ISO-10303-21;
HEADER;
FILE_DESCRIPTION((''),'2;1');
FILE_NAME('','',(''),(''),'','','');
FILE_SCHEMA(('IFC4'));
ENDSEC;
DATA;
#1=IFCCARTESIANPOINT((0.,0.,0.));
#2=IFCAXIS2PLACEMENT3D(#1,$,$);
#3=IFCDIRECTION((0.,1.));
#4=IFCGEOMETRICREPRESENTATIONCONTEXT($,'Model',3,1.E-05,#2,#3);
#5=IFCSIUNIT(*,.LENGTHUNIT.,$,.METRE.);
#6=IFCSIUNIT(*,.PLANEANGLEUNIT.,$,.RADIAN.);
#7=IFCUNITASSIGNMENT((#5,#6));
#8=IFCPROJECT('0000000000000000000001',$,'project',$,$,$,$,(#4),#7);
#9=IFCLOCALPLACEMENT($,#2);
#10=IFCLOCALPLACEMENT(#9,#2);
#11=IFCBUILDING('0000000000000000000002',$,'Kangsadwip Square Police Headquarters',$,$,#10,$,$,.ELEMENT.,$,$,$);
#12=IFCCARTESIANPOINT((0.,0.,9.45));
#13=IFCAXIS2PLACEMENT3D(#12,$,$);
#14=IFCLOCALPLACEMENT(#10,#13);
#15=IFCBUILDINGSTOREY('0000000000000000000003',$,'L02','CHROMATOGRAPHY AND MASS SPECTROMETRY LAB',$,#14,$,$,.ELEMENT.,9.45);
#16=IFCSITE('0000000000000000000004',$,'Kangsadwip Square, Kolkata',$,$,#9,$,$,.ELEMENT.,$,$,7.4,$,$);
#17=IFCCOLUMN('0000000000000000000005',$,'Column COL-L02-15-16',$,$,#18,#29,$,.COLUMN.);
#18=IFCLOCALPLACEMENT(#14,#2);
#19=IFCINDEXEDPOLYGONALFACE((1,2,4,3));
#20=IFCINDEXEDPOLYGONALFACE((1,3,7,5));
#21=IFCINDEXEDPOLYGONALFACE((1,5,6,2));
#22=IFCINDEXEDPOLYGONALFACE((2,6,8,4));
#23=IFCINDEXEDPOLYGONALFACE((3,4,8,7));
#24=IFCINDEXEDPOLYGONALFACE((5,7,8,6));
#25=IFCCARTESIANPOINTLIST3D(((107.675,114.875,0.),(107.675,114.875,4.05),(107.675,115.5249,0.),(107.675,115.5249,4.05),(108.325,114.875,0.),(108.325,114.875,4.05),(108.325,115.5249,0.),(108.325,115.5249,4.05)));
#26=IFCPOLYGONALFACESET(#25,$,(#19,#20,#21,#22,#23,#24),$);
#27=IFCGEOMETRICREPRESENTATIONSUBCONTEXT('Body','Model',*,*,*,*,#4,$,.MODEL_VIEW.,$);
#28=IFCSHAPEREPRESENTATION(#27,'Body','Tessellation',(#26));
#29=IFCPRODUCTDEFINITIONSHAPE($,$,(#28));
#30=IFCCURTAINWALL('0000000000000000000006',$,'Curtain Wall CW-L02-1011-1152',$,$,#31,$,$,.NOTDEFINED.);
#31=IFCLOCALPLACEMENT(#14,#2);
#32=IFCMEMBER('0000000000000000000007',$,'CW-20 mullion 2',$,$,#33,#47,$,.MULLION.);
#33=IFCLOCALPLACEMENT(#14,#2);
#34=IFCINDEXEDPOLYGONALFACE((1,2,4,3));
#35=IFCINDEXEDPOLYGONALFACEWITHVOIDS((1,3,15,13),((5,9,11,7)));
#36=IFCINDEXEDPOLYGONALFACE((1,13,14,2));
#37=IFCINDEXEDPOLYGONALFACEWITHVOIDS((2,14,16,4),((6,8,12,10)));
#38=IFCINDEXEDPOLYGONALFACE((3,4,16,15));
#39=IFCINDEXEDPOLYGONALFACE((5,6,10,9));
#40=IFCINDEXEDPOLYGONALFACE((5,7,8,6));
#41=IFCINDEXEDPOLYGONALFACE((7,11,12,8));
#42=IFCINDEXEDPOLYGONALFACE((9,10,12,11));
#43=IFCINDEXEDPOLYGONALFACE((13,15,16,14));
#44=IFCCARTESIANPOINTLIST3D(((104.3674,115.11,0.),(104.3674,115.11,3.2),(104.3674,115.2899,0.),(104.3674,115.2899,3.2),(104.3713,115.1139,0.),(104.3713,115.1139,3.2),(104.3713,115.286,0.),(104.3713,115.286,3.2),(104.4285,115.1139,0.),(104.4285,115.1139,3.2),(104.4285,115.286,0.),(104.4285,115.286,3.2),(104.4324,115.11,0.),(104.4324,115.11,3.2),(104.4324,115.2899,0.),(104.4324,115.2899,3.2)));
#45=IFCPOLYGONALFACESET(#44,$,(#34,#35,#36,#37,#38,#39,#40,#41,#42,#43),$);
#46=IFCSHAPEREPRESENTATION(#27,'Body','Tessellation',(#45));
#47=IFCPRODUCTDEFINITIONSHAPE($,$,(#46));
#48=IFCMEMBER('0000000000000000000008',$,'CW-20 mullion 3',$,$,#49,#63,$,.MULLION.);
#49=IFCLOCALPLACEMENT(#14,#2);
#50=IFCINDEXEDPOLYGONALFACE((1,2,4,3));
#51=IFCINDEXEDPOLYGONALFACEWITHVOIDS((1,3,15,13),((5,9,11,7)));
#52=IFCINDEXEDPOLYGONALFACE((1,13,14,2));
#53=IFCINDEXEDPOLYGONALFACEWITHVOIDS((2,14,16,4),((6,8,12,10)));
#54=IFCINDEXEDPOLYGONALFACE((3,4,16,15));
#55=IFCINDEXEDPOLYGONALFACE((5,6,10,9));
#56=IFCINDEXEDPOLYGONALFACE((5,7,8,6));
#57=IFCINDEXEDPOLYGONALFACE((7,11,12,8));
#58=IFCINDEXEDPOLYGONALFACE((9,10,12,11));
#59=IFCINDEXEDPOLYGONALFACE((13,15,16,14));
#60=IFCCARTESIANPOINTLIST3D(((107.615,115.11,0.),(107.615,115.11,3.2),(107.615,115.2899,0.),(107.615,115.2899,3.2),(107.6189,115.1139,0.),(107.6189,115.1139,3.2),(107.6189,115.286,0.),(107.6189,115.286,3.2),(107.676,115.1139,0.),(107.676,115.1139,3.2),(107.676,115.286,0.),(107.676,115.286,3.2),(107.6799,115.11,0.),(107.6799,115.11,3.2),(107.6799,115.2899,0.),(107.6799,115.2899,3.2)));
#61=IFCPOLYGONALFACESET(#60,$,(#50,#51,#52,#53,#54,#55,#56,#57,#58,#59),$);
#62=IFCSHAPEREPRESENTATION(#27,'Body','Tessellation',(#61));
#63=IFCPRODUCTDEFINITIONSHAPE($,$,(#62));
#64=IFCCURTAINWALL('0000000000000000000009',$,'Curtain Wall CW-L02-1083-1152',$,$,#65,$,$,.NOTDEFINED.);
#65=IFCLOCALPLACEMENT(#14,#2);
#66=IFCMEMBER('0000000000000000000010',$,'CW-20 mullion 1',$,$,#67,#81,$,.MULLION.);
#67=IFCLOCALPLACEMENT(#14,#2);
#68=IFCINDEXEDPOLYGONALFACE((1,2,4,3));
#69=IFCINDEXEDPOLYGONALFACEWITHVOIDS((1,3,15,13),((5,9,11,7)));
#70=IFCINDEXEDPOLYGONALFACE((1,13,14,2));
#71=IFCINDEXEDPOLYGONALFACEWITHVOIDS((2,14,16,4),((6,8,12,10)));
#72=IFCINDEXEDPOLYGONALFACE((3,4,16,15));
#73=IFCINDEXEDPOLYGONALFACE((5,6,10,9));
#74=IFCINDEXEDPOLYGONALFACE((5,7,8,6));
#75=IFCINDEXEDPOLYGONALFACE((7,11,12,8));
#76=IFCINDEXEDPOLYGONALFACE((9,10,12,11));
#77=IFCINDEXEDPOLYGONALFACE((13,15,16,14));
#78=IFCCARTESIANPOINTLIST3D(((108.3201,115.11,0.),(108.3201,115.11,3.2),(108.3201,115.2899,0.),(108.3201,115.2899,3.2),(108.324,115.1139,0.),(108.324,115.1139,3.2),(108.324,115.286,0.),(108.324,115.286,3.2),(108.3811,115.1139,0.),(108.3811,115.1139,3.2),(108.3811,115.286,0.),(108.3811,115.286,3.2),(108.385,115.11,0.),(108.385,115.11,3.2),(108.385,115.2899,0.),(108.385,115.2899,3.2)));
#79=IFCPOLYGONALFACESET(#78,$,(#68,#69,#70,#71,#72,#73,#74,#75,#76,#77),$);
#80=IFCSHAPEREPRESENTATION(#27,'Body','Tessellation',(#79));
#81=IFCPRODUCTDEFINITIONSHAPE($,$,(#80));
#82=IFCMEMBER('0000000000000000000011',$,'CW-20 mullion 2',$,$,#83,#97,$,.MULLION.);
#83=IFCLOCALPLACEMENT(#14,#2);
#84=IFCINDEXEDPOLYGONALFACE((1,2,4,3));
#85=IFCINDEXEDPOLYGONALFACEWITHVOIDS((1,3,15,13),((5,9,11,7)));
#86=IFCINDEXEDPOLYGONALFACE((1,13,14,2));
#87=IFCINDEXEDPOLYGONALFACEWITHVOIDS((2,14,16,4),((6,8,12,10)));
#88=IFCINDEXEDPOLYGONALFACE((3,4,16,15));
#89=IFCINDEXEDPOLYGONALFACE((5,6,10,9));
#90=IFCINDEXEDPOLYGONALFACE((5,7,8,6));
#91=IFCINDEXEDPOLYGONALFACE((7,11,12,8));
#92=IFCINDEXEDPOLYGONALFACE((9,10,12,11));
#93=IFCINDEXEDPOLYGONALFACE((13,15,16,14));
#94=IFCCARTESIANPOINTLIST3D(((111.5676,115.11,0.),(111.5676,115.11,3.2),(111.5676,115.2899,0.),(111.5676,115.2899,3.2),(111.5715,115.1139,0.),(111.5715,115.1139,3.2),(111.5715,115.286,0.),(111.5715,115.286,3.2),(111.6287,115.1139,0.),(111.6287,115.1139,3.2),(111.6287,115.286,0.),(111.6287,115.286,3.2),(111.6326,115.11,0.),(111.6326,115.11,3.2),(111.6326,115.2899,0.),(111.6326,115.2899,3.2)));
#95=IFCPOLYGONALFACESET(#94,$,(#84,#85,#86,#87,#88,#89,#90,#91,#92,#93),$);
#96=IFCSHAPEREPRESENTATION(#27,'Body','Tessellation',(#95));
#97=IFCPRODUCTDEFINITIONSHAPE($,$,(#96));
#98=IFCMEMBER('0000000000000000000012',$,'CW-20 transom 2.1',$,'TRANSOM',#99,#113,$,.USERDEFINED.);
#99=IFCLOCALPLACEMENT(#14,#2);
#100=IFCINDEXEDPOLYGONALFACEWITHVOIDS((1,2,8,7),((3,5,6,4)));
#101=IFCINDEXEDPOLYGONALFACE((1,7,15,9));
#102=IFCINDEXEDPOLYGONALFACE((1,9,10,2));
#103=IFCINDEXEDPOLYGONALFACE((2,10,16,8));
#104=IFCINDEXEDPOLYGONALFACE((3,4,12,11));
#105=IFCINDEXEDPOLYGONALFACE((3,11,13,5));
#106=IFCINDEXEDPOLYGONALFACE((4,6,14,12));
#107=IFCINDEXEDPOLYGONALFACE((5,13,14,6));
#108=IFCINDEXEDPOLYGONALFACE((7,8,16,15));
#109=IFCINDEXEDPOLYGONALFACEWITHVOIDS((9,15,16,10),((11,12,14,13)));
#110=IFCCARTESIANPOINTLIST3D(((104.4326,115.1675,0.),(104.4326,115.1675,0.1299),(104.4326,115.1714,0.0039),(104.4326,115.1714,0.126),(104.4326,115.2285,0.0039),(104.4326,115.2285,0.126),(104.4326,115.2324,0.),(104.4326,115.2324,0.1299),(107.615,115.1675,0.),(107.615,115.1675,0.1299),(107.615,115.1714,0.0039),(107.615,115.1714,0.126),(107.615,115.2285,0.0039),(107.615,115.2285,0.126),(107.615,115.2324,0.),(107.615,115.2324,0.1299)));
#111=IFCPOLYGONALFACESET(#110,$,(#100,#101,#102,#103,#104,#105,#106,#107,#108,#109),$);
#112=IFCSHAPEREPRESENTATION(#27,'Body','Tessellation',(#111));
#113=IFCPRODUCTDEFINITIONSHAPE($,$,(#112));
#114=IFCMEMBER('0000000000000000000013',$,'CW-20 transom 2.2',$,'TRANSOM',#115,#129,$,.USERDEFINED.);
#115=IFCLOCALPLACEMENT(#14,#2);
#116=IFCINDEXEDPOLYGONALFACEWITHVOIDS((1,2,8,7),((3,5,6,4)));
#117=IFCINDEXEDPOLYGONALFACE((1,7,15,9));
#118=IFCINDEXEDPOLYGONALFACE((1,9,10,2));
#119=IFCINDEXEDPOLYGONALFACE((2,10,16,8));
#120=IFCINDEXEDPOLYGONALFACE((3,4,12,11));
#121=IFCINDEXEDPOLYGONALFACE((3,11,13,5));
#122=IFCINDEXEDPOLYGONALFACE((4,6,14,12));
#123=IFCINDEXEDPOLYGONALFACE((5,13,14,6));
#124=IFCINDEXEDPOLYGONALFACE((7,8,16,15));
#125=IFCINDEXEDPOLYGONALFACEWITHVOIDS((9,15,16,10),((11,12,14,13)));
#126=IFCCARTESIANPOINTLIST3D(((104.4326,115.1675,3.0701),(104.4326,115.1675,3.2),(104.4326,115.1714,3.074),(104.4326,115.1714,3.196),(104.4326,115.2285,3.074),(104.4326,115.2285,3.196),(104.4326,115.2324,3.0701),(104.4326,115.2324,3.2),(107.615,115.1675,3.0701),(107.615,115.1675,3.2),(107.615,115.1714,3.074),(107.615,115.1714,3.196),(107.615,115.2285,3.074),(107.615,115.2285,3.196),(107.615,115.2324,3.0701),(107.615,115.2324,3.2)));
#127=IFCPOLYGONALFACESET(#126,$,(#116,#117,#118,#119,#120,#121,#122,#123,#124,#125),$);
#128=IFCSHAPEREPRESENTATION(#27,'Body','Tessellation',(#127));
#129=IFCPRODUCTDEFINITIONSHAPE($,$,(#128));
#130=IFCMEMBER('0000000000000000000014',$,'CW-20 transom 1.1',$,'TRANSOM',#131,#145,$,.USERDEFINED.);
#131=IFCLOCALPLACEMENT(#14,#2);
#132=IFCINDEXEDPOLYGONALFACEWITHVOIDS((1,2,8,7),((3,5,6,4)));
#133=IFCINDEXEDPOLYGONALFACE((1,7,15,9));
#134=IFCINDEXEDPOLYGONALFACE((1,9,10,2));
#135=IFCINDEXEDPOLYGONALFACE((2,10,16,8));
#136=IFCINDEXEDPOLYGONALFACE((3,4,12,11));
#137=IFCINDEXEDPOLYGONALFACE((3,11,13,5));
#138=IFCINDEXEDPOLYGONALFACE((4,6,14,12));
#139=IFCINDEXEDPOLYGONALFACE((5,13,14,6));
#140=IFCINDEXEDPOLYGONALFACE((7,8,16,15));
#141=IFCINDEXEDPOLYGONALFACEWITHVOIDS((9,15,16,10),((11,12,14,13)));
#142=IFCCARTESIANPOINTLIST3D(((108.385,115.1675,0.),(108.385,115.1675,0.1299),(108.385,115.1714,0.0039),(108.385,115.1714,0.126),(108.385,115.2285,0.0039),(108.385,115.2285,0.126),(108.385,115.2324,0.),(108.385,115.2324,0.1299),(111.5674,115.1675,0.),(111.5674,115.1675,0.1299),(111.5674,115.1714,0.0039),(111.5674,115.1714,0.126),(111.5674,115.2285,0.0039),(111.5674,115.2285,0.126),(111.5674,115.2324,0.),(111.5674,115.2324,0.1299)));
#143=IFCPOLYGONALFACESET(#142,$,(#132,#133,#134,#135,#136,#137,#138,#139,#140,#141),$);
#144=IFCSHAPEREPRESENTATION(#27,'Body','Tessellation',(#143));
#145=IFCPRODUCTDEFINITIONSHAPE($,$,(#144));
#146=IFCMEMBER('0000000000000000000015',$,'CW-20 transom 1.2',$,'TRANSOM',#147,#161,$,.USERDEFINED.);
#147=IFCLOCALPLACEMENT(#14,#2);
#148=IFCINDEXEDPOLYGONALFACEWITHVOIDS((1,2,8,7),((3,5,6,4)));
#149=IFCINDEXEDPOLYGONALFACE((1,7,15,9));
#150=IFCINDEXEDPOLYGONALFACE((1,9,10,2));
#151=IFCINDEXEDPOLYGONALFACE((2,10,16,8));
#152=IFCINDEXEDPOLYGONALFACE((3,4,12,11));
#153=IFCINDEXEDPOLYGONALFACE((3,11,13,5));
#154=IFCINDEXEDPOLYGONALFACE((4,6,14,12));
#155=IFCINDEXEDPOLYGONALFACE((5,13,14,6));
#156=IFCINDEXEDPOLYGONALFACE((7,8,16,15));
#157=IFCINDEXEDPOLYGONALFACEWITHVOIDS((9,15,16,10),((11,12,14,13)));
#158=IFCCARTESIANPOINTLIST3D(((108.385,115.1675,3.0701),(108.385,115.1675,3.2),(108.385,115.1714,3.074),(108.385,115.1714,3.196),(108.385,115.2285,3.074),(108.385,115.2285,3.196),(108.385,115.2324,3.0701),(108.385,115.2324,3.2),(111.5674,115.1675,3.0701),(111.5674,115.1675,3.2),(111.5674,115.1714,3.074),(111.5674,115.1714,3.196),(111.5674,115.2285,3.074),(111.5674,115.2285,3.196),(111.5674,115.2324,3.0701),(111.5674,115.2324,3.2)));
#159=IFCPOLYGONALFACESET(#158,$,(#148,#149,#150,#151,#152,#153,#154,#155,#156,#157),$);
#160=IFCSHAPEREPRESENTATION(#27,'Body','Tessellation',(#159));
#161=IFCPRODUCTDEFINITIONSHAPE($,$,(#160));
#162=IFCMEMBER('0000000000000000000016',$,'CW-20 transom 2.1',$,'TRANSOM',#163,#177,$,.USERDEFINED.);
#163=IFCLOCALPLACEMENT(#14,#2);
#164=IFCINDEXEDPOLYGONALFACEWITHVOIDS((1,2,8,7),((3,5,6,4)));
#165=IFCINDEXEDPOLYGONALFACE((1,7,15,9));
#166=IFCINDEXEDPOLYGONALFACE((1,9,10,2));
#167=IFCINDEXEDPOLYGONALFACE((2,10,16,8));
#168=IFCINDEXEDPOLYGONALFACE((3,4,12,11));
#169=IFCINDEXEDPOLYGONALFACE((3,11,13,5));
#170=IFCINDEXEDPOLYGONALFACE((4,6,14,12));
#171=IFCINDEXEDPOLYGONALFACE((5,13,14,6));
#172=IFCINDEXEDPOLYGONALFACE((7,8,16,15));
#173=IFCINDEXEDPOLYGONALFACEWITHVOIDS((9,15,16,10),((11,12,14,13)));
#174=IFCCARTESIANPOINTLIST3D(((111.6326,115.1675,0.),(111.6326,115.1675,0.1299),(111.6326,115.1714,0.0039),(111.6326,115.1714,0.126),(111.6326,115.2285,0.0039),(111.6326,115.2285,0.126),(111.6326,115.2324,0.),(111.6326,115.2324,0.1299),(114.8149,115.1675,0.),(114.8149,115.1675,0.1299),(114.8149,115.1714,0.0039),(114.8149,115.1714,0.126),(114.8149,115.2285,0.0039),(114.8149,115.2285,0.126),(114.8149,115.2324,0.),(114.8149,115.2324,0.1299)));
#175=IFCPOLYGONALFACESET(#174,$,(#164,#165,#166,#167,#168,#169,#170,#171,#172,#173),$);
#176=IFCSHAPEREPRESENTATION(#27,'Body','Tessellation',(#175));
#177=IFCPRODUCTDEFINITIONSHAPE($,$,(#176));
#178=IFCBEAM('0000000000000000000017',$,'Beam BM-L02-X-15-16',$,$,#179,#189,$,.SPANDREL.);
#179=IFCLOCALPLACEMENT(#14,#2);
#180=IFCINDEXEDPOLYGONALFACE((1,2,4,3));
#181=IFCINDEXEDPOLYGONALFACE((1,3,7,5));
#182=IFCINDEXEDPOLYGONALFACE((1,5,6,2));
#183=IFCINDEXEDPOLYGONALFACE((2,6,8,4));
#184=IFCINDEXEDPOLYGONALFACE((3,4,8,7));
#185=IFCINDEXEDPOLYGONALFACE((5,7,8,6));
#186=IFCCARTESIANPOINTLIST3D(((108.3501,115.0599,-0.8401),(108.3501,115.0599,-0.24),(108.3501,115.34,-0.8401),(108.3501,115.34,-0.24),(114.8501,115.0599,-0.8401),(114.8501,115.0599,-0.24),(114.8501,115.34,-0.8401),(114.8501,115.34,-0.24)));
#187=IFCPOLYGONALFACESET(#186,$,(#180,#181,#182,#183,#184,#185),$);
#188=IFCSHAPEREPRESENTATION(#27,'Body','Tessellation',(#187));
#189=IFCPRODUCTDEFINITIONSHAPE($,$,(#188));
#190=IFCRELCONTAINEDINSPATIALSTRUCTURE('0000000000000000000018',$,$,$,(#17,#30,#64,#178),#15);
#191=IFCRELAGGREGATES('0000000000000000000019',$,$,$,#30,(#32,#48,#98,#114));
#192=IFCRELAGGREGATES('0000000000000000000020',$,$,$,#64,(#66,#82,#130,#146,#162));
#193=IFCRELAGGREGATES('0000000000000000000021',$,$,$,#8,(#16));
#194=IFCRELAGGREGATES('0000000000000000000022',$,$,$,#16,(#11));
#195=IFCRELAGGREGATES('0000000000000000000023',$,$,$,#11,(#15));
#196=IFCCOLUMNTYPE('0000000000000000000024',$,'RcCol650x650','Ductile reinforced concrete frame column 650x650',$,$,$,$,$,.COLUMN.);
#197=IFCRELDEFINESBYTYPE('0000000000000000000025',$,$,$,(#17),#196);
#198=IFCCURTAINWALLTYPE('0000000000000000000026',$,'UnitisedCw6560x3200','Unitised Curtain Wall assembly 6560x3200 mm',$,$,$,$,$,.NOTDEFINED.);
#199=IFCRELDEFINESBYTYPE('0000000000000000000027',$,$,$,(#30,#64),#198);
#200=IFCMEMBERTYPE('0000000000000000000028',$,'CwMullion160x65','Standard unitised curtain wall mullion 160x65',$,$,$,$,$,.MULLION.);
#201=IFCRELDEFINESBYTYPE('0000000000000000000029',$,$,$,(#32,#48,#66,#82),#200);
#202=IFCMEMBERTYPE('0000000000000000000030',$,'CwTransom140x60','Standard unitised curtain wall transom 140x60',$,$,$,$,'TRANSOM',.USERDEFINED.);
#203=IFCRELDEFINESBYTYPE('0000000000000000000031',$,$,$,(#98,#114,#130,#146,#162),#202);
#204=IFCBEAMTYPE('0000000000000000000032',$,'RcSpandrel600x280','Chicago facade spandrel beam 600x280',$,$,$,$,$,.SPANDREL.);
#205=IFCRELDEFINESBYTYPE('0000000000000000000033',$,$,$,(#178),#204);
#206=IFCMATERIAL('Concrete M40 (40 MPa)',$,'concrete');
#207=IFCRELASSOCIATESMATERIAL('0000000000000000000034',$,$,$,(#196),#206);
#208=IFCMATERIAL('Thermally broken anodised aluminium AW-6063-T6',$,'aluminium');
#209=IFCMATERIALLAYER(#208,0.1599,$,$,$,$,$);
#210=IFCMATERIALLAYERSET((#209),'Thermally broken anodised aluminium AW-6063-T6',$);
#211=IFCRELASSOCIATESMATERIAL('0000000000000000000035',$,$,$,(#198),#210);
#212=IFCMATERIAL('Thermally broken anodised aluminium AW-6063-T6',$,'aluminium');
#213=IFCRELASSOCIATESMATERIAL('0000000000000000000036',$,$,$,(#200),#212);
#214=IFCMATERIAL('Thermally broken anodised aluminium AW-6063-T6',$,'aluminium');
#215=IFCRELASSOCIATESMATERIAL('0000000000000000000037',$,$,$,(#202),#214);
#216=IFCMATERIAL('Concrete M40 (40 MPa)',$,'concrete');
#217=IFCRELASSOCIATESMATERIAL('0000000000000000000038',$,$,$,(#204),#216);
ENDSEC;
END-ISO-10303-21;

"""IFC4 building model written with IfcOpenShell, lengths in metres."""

from ifc_helpers import new_model, si_unit, direction, frame, origin, origin_2d, place, context, subcontext, project, spatial, rectangle, hollow_rectangle, extrude, material, layer, layer_set, material_profile, profile_set, type_object, element, aggregate, save


model = new_model("IFC4")

# Units and contexts
model_context = context("Model", 3, precision=1e-05, world=origin(), true_north=direction((0.0, 1.0)))
body_context = subcontext(model_context, "Body", "Model", "MODEL_VIEW")
ifc_project = project(units=[si_unit("LENGTHUNIT", "METRE"), si_unit("PLANEANGLEUNIT", "RADIAN")], contexts=[model_context])

# Site, building, storey
site_placement = place(None, origin())
site = spatial("IfcSite", under=ifc_project, at=site_placement, Name="Kangsadwip Square, Kolkata", CompositionType="ELEMENT", RefElevation=7.4)
building_placement = place(site_placement, origin())
building = spatial("IfcBuilding", under=site, at=building_placement, Name="Kangsadwip Square Police Headquarters", CompositionType="ELEMENT")
storey_placement = place(building_placement, frame((0.0, 0.0, 9.45)))
storey = spatial("IfcBuildingStorey", under=building, at=storey_placement, Name="L02", Description="CHROMATOGRAPHY AND MASS SPECTROMETRY LAB", CompositionType="ELEMENT", Elevation=9.45)

# Column
ifc_material_1 = material(Name="Concrete M40 (40 MPa)", Category="concrete")
ifc_material_profile_1 = material_profile(ifc_material_1, rectangle(XDim=0.6499, YDim=0.6499, at=origin_2d()), Name="RC COL 650X650")
ifc_profile_set_1 = profile_set([ifc_material_profile_1], Name="Concrete M40 (40 MPa)")
column_type = type_object("IfcColumnType", Name="RcCol650x650", Description="Ductile reinforced concrete frame column 650x650", PredefinedType="COLUMN", material=ifc_profile_set_1)
column_placement = place(storey_placement, frame((108.0, 115.2, 0.0), z_axis=(0.0, 0.0, 1.0), x_axis=(1.0, 0.0, 0.0)))
element("IfcColumn", 1, at=column_placement, inside=storey, type_object=column_type, Name="Column COL-L02-15-16", PredefinedType="COLUMN", context=body_context, shape_type="SweptSolid", body=[
    extrude(rectangle(XDim=0.6499, YDim=0.6499, at=origin_2d()), origin(), (0.0, 0.0, 1.0), 4.05),
])

# Curtain walls, members
ifc_material_2 = material(Name="Thermally broken anodised aluminium AW-6063-T6", Category="aluminium")
ifc_layer_1 = layer(ifc_material_2, 0.1599)
ifc_layer_set_1 = layer_set([ifc_layer_1], Name="Thermally broken anodised aluminium AW-6063-T6")
curtain_wall_type = type_object("IfcCurtainWallType", Name="UnitisedCw6560x3200", Description="Unitised Curtain Wall assembly 6560x3200 mm", PredefinedType="NOTDEFINED", material=ifc_layer_set_1)
curtain_wall_1_placement = place(storey_placement, origin())
curtain_wall_1 = element("IfcCurtainWall", 2, at=curtain_wall_1_placement, inside=storey, type_object=curtain_wall_type, Name="Curtain Wall CW-L02-1011-1152", PredefinedType="NOTDEFINED")
ifc_material_3 = material(Name="Thermally broken anodised aluminium AW-6063-T6", Category="aluminium")
ifc_material_profile_2 = material_profile(ifc_material_3, hollow_rectangle(XDim=0.0649, YDim=0.1799, WallThickness=0.0039, at=origin_2d()), Name="CWM 180X65X4")
ifc_profile_set_2 = profile_set([ifc_material_profile_2], Name="Thermally broken anodised aluminium AW-6063-T6")
member_type_1 = type_object("IfcMemberType", Name="CwMullion160x65", Description="Standard unitised curtain wall mullion 160x65", PredefinedType="MULLION", material=ifc_profile_set_2)
member_1_placement = place(storey_placement, frame((104.3999, 115.2, 0.0), z_axis=(0.0, 0.0, 1.0), x_axis=(1.0, 0.0, 0.0)))
member_1 = element("IfcMember", 3, at=member_1_placement, type_object=member_type_1, Name="CW-20 mullion 2", PredefinedType="MULLION", context=body_context, shape_type="SweptSolid", body=[
    extrude(hollow_rectangle(XDim=0.0649, YDim=0.1799, WallThickness=0.0039, at=origin_2d()), origin(), (0.0, 0.0, 1.0), 3.2),
])
member_2_placement = place(storey_placement, frame((107.6475, 115.2, 0.0), z_axis=(0.0, 0.0, 1.0), x_axis=(1.0, 0.0, 0.0)))
member_2 = element("IfcMember", 4, at=member_2_placement, type_object=member_type_1, Name="CW-20 mullion 3", PredefinedType="MULLION", context=body_context, shape_type="SweptSolid", body=[
    extrude(hollow_rectangle(XDim=0.0649, YDim=0.1799, WallThickness=0.0039, at=origin_2d()), origin(), (0.0, 0.0, 1.0), 3.2),
])
curtain_wall_2_placement = place(storey_placement, origin())
curtain_wall_2 = element("IfcCurtainWall", 5, at=curtain_wall_2_placement, inside=storey, type_object=curtain_wall_type, Name="Curtain Wall CW-L02-1083-1152", PredefinedType="NOTDEFINED")
member_3_placement = place(storey_placement, frame((108.3525, 115.2, 0.0), z_axis=(0.0, 0.0, 1.0), x_axis=(1.0, 0.0, 0.0)))
member_3 = element("IfcMember", 6, at=member_3_placement, type_object=member_type_1, Name="CW-20 mullion 1", PredefinedType="MULLION", context=body_context, shape_type="SweptSolid", body=[
    extrude(hollow_rectangle(XDim=0.0649, YDim=0.1799, WallThickness=0.0039, at=origin_2d()), origin(), (0.0, 0.0, 1.0), 3.2),
])
member_4_placement = place(storey_placement, frame((111.6001, 115.2, 0.0), z_axis=(0.0, 0.0, 1.0), x_axis=(1.0, 0.0, 0.0)))
member_4 = element("IfcMember", 7, at=member_4_placement, type_object=member_type_1, Name="CW-20 mullion 2", PredefinedType="MULLION", context=body_context, shape_type="SweptSolid", body=[
    extrude(hollow_rectangle(XDim=0.0649, YDim=0.1799, WallThickness=0.0039, at=origin_2d()), origin(), (0.0, 0.0, 1.0), 3.2),
])

# Members
ifc_material_4 = material(Name="Thermally broken anodised aluminium AW-6063-T6", Category="aluminium")
ifc_material_profile_3 = material_profile(ifc_material_4, hollow_rectangle(XDim=0.0649, YDim=0.1299, WallThickness=0.0039, at=origin_2d()), Name="CWT 130X65X4")
ifc_profile_set_3 = profile_set([ifc_material_profile_3], Name="Thermally broken anodised aluminium AW-6063-T6")
member_type_2 = type_object("IfcMemberType", Name="CwTransom140x60", Description="Standard unitised curtain wall transom 140x60", ElementType="TRANSOM", PredefinedType="USERDEFINED", material=ifc_profile_set_3)
member_5_placement = place(storey_placement, frame((104.4326, 115.2, 0.0649), z_axis=(1.0, 0.0, 0.0), x_axis=(0.0, 1.0, 0.0)))
member_5 = element("IfcMember", 8, at=member_5_placement, type_object=member_type_2, Name="CW-20 transom 2.1", ObjectType="TRANSOM", PredefinedType="USERDEFINED", context=body_context, shape_type="SweptSolid", body=[
    extrude(hollow_rectangle(XDim=0.0649, YDim=0.1299, WallThickness=0.0039, at=origin_2d()), origin(), (0.0, 0.0, 1.0), 3.1824),
])
member_6_placement = place(storey_placement, frame((104.4326, 115.2, 3.135), z_axis=(1.0, 0.0, 0.0), x_axis=(0.0, 1.0, 0.0)))
member_6 = element("IfcMember", 9, at=member_6_placement, type_object=member_type_2, Name="CW-20 transom 2.2", ObjectType="TRANSOM", PredefinedType="USERDEFINED", context=body_context, shape_type="SweptSolid", body=[
    extrude(hollow_rectangle(XDim=0.0649, YDim=0.1299, WallThickness=0.0039, at=origin_2d()), origin(), (0.0, 0.0, 1.0), 3.1824),
])
member_7_placement = place(storey_placement, frame((108.385, 115.2, 0.0649), z_axis=(1.0, 0.0, 0.0), x_axis=(0.0, 1.0, 0.0)))
member_7 = element("IfcMember", 10, at=member_7_placement, type_object=member_type_2, Name="CW-20 transom 1.1", ObjectType="TRANSOM", PredefinedType="USERDEFINED", context=body_context, shape_type="SweptSolid", body=[
    extrude(hollow_rectangle(XDim=0.0649, YDim=0.1299, WallThickness=0.0039, at=origin_2d()), origin(), (0.0, 0.0, 1.0), 3.1824),
])
member_8_placement = place(storey_placement, frame((108.385, 115.2, 3.135), z_axis=(1.0, 0.0, 0.0), x_axis=(0.0, 1.0, 0.0)))
member_8 = element("IfcMember", 11, at=member_8_placement, type_object=member_type_2, Name="CW-20 transom 1.2", ObjectType="TRANSOM", PredefinedType="USERDEFINED", context=body_context, shape_type="SweptSolid", body=[
    extrude(hollow_rectangle(XDim=0.0649, YDim=0.1299, WallThickness=0.0039, at=origin_2d()), origin(), (0.0, 0.0, 1.0), 3.1824),
])
member_9_placement = place(storey_placement, frame((111.6326, 115.2, 0.0649), z_axis=(1.0, 0.0, 0.0), x_axis=(0.0, 1.0, 0.0)))
member_9 = element("IfcMember", 12, at=member_9_placement, type_object=member_type_2, Name="CW-20 transom 2.1", ObjectType="TRANSOM", PredefinedType="USERDEFINED", context=body_context, shape_type="SweptSolid", body=[
    extrude(hollow_rectangle(XDim=0.0649, YDim=0.1299, WallThickness=0.0039, at=origin_2d()), origin(), (0.0, 0.0, 1.0), 3.1824),
])

# Beam
ifc_material_5 = material(Name="Concrete M40 (40 MPa)", Category="concrete")
ifc_material_profile_4 = material_profile(ifc_material_5, rectangle(XDim=0.28, YDim=0.6001, at=origin_2d()), Name="RC SPN 600X280")
ifc_profile_set_4 = profile_set([ifc_material_profile_4], Name="Concrete M40 (40 MPa)")
beam_type = type_object("IfcBeamType", Name="RcSpandrel600x280", Description="Chicago facade spandrel beam 600x280", PredefinedType="SPANDREL", material=ifc_profile_set_4)
beam_placement = place(storey_placement, frame((108.3501, 115.2, -0.54), z_axis=(1.0, 0.0, 0.0), x_axis=(0.0, 1.0, 0.0)))
element("IfcBeam", 13, at=beam_placement, inside=storey, type_object=beam_type, Name="Beam BM-L02-X-15-16", PredefinedType="SPANDREL", context=body_context, shape_type="SweptSolid", body=[
    extrude(rectangle(XDim=0.28, YDim=0.6001, at=origin_2d()), origin(), (0.0, 0.0, 1.0), 6.5),
])

aggregate(curtain_wall_1, [member_1, member_2, member_5, member_6])
aggregate(curtain_wall_2, [member_3, member_4, member_7, member_8, member_9])

save(model, "model.ifc")
